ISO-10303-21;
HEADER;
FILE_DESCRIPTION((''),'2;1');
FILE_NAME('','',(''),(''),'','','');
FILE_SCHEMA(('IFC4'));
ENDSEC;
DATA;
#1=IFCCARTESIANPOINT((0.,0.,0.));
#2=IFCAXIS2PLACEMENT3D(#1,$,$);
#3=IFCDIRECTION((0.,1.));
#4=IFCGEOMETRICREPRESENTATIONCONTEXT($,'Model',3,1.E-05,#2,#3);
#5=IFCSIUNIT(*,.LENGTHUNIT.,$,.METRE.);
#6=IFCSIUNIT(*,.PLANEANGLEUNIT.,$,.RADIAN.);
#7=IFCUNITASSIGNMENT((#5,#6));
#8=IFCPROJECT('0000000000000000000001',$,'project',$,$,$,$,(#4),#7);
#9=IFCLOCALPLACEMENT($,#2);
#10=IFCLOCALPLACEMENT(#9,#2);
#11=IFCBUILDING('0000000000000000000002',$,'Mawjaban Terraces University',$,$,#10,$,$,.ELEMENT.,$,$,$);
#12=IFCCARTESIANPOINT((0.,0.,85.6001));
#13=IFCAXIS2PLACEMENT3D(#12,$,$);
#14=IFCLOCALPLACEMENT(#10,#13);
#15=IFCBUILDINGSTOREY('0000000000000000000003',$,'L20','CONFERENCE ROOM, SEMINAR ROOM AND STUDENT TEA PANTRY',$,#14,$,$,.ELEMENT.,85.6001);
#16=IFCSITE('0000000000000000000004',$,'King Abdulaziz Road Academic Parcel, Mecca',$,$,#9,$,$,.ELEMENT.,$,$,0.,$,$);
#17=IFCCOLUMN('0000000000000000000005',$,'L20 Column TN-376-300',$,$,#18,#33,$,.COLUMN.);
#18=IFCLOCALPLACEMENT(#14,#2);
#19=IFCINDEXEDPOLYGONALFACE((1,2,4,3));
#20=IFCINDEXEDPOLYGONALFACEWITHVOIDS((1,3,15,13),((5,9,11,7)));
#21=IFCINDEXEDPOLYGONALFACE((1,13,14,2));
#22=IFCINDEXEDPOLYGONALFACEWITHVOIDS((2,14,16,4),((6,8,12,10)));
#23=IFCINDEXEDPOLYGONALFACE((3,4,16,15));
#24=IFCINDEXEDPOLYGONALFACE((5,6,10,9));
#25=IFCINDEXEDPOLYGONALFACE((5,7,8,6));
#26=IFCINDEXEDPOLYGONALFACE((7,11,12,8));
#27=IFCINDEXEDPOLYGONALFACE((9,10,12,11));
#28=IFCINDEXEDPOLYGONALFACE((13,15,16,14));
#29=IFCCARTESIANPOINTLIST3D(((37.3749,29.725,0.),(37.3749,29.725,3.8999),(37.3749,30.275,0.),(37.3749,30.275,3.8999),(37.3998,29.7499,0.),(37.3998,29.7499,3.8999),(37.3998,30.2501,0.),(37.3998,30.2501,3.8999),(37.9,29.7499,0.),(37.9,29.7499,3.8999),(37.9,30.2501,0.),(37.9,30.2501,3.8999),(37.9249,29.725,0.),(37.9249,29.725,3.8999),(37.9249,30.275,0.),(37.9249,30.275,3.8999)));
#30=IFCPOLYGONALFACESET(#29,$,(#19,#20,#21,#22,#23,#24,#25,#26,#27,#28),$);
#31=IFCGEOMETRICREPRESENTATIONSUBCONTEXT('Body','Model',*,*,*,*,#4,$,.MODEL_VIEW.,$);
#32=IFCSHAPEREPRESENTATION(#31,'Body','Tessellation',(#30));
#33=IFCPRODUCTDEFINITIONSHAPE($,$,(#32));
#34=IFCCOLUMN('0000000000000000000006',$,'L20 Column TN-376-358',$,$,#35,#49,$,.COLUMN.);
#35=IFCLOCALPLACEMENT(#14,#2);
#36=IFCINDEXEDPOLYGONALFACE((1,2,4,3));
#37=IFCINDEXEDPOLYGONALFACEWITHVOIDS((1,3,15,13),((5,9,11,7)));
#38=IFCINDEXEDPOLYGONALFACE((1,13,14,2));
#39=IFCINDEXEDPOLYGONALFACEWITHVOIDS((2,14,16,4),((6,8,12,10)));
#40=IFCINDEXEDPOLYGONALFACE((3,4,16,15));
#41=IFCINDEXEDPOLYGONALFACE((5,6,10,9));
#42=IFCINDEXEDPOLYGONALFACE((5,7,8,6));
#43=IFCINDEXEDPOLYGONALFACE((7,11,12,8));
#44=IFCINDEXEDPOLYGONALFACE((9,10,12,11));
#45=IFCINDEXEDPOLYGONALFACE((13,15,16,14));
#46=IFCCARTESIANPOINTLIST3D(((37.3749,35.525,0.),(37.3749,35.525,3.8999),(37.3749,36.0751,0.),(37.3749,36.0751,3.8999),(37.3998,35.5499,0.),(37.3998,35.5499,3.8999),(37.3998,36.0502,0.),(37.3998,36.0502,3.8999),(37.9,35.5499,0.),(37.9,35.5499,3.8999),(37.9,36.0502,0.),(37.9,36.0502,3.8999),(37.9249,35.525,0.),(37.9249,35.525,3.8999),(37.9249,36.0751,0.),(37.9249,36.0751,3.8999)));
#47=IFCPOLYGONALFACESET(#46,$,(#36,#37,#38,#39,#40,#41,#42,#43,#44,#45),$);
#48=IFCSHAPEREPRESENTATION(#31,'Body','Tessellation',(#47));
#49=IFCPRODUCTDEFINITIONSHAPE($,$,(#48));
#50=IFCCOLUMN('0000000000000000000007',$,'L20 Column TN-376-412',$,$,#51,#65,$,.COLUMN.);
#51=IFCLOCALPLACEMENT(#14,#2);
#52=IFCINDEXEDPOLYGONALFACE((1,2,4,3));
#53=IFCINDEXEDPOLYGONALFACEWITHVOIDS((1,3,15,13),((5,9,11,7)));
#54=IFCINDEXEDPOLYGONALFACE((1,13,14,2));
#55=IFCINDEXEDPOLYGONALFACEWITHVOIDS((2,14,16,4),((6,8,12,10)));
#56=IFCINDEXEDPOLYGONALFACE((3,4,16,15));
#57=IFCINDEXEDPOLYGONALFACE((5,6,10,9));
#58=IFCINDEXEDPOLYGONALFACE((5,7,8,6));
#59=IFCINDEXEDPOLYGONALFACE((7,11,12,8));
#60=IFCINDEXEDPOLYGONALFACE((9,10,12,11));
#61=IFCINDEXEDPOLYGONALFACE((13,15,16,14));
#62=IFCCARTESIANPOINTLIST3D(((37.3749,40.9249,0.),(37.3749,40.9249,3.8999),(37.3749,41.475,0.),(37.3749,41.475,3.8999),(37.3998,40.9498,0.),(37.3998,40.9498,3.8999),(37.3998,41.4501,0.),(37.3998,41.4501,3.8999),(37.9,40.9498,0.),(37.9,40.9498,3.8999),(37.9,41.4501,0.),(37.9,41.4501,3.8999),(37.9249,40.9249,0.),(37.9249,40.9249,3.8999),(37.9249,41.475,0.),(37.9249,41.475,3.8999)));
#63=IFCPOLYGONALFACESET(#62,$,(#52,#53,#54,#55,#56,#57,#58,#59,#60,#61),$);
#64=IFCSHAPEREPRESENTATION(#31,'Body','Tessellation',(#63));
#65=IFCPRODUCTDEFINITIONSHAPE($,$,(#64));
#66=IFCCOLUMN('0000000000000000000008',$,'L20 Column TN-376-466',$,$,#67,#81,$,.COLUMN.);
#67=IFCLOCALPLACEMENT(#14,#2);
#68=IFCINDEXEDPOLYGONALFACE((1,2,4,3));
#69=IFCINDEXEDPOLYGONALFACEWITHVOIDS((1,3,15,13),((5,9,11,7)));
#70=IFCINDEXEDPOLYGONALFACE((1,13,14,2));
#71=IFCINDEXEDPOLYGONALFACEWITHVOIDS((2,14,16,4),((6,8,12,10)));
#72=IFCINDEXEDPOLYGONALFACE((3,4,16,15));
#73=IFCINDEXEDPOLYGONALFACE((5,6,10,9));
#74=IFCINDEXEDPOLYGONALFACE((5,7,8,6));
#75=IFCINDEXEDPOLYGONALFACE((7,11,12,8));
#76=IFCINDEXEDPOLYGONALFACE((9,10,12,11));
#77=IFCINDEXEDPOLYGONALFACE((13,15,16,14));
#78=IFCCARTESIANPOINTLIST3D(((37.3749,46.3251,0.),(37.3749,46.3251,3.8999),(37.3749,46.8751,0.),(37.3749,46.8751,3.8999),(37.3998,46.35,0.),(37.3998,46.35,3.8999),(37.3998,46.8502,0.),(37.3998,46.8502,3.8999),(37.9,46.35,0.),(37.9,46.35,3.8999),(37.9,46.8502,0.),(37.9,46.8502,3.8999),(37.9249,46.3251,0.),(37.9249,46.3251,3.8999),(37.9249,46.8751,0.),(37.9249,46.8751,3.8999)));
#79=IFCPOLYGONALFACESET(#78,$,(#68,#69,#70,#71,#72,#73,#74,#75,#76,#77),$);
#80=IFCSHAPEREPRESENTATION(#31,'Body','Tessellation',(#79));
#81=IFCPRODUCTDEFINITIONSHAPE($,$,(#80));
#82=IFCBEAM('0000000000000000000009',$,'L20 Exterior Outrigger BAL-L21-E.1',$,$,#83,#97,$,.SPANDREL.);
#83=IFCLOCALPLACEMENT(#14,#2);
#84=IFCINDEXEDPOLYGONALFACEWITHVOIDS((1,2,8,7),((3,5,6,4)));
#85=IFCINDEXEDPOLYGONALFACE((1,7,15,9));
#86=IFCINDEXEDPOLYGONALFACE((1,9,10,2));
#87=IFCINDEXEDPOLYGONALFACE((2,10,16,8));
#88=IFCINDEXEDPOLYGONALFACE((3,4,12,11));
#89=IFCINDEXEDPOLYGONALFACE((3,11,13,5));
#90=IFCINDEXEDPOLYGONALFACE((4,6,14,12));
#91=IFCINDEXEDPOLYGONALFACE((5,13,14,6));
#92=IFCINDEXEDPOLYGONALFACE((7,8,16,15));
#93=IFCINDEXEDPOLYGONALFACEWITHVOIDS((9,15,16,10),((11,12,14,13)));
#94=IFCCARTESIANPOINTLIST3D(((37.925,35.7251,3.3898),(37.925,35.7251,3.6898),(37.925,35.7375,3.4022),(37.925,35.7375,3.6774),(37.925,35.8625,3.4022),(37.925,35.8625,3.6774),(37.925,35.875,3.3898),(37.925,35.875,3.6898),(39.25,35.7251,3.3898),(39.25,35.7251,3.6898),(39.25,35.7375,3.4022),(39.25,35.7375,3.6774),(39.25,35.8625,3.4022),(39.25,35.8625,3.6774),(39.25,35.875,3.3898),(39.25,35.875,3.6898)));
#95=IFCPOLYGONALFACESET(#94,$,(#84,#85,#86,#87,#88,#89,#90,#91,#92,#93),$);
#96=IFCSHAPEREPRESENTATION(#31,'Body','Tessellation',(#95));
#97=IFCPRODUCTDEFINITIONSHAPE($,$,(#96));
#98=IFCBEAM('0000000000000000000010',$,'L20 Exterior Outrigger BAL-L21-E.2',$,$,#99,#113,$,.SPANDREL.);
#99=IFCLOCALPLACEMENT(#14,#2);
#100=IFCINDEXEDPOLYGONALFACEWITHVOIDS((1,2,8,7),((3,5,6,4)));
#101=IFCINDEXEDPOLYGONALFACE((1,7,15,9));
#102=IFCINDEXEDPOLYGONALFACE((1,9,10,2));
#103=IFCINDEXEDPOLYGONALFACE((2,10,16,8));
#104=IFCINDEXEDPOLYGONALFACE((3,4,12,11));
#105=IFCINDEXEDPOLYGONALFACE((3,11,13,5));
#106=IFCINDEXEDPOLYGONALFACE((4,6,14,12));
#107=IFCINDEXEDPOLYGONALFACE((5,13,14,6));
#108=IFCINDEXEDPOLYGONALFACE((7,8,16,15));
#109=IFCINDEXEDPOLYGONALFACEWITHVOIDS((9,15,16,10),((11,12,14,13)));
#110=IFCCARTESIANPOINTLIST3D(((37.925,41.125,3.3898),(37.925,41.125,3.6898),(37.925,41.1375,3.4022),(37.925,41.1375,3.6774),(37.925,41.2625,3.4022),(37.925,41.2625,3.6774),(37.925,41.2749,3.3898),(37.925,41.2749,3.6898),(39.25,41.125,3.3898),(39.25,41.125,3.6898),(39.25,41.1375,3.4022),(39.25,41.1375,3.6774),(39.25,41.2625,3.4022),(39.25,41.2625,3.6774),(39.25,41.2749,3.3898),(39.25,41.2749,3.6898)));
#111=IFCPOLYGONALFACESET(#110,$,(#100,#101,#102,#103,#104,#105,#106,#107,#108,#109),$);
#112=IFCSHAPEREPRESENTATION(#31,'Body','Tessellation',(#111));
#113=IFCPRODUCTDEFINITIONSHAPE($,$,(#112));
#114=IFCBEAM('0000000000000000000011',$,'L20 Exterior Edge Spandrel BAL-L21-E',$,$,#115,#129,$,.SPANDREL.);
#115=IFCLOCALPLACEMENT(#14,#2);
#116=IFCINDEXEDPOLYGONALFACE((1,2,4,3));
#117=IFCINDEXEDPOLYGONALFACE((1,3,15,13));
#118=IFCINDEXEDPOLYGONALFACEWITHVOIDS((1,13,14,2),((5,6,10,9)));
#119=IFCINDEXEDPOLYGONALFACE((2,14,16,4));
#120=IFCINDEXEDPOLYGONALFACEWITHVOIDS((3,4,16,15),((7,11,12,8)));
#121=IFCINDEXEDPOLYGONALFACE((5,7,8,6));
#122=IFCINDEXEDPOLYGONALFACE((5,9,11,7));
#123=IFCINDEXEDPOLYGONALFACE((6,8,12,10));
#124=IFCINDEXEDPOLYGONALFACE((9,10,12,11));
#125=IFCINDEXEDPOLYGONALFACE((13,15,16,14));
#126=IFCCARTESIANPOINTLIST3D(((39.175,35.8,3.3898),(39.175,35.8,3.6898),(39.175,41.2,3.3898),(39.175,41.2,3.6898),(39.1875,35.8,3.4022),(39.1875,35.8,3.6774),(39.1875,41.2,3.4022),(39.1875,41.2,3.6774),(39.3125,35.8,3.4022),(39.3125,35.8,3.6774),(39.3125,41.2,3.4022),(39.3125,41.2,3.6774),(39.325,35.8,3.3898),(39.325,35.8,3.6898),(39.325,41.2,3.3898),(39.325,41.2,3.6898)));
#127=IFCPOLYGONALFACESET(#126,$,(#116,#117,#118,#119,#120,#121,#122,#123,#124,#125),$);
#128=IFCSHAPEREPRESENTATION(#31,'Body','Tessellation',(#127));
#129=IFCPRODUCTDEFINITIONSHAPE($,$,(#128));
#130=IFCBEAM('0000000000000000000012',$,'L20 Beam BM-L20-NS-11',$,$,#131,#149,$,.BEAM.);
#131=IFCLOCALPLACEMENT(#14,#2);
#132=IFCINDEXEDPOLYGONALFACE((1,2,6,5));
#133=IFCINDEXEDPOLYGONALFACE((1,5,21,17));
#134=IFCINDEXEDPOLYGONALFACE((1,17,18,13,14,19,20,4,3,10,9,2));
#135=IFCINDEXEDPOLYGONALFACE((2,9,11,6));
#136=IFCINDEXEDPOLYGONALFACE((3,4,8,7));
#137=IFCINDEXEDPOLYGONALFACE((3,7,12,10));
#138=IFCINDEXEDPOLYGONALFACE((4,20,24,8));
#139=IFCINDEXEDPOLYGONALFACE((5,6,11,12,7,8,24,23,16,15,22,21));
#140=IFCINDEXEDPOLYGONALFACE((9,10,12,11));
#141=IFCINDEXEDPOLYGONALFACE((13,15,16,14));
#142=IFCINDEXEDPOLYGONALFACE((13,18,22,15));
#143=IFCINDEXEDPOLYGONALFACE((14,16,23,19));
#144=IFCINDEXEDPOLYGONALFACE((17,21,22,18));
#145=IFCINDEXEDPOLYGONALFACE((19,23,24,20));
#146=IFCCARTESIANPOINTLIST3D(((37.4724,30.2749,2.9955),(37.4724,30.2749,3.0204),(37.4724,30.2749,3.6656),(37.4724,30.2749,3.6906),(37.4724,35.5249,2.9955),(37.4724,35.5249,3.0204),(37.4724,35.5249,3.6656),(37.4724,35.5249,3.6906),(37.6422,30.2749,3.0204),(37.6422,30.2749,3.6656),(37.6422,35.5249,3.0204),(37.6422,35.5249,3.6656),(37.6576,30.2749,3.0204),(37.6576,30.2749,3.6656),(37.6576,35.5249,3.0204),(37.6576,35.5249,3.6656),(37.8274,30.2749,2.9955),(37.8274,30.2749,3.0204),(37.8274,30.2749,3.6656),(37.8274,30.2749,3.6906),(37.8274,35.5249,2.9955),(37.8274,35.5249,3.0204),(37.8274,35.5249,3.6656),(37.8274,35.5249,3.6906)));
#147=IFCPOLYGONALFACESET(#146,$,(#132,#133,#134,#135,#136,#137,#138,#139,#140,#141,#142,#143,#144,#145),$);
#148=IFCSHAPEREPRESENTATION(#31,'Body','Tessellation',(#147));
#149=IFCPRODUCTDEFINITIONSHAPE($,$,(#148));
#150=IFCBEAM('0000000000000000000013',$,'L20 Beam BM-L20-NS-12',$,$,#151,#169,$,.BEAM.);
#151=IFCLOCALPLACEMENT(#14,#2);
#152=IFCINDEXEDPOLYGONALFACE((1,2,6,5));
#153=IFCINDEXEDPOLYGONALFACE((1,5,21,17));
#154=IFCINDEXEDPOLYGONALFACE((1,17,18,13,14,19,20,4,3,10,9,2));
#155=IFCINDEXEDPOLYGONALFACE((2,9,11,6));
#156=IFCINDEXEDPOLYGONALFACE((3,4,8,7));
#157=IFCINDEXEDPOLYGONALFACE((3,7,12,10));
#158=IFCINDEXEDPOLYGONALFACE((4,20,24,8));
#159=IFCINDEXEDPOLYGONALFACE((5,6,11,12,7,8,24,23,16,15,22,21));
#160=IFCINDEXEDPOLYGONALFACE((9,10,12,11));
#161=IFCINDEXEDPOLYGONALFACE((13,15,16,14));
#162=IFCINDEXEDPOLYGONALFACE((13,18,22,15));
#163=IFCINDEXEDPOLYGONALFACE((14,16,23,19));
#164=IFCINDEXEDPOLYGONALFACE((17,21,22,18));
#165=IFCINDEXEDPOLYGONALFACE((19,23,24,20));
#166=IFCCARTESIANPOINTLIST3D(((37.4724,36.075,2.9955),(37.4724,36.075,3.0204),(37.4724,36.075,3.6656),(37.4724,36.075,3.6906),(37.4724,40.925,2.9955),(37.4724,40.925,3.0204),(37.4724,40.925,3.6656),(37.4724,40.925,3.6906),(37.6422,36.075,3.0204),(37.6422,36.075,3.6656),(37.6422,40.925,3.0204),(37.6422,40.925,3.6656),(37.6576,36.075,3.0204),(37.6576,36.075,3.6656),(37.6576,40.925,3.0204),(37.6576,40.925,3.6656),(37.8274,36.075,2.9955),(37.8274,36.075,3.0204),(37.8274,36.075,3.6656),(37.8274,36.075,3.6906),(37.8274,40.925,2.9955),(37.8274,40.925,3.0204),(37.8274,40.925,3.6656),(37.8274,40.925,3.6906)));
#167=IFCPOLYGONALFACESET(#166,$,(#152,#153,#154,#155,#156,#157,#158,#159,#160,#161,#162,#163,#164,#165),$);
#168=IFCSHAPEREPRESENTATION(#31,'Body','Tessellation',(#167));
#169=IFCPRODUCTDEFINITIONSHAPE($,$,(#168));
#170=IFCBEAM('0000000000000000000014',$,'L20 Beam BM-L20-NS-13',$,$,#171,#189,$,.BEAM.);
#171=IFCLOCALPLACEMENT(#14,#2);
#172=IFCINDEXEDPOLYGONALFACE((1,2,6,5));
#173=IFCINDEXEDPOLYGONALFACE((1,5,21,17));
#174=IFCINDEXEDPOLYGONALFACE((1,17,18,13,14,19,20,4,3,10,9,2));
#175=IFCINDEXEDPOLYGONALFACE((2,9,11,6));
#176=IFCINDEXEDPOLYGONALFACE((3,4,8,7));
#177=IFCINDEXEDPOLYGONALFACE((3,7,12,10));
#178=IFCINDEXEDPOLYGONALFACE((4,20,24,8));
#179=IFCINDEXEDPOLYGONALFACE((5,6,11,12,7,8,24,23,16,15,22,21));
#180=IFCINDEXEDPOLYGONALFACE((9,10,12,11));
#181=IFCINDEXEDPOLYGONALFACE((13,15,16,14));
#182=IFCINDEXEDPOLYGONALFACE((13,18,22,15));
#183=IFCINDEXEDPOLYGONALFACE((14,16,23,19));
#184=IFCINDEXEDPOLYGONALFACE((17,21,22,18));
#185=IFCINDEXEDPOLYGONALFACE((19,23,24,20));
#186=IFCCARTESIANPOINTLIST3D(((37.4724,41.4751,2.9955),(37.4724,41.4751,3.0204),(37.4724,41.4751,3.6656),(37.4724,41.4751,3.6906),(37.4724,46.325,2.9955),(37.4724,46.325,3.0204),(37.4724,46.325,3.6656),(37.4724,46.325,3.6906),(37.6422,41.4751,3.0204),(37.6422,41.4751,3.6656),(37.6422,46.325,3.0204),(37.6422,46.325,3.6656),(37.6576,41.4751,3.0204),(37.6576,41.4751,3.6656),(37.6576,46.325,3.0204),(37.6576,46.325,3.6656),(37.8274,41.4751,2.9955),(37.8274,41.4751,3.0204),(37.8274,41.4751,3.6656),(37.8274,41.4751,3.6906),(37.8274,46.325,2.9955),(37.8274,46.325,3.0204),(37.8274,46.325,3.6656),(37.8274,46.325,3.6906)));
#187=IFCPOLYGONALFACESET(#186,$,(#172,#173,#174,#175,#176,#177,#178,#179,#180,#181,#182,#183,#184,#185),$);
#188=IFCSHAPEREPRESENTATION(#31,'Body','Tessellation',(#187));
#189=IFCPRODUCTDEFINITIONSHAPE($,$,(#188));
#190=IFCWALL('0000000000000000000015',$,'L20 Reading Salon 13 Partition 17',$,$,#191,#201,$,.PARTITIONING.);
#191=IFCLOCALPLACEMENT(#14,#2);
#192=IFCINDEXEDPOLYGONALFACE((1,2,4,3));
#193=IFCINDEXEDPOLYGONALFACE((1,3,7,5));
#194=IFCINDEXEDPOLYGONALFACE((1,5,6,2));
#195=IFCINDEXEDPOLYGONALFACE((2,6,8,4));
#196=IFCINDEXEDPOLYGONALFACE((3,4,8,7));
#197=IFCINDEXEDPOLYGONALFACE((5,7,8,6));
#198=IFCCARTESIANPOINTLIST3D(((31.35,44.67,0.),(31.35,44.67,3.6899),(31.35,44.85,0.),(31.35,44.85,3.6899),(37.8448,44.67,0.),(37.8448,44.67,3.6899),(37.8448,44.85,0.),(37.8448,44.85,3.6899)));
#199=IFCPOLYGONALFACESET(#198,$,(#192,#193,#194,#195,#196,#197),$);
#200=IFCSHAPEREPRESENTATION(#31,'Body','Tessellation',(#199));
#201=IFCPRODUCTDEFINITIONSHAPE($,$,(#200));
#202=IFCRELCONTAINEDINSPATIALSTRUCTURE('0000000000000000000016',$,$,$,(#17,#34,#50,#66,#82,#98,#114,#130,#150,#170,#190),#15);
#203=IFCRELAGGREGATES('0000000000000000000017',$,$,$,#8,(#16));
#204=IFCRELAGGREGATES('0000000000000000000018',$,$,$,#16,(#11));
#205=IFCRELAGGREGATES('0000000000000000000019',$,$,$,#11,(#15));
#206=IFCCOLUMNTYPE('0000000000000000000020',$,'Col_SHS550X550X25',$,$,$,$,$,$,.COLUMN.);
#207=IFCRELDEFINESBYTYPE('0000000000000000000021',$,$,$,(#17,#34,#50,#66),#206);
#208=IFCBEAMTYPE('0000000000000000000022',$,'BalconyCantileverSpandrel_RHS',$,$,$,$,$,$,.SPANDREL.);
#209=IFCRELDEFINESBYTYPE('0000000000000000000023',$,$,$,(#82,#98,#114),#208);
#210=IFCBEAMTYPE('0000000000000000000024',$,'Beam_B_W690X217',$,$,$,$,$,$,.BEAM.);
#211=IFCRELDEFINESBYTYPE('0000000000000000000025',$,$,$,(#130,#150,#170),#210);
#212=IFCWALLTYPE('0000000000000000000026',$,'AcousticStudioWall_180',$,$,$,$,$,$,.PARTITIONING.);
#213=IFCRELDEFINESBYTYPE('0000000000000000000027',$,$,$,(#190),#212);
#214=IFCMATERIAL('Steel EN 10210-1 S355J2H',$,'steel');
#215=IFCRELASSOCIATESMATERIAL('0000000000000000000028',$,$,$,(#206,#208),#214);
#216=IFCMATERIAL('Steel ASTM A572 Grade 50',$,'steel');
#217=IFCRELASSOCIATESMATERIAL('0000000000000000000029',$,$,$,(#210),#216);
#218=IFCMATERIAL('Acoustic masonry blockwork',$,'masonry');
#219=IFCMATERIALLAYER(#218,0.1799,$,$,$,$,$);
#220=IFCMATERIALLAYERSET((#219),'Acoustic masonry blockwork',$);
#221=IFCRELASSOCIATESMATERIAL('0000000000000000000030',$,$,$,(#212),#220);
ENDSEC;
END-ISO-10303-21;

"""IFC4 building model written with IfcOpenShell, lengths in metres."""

from ifc_helpers import new_model, si_unit, direction, frame, frame_2d, origin, origin_2d, place, context, subcontext, project, spatial, rectangle, hollow_rectangle, i_section, extrude, material, layer, layer_set, material_profile, profile_set, type_object, element, save


model = new_model("IFC4")

# Units and contexts
model_context = context("Model", 3, precision=1e-05, world=origin(), true_north=direction((0.0, 1.0)))
body_context = subcontext(model_context, "Body", "Model", "MODEL_VIEW")
ifc_project = project(units=[si_unit("LENGTHUNIT", "METRE"), si_unit("PLANEANGLEUNIT", "RADIAN")], contexts=[model_context])

# Site, building, storey
site_placement = place(None, origin())
site = spatial("IfcSite", under=ifc_project, at=site_placement, Name="King Abdulaziz Road Academic Parcel, Mecca", CompositionType="ELEMENT", RefElevation=0.0)
building_placement = place(site_placement, origin())
building = spatial("IfcBuilding", under=site, at=building_placement, Name="Mawjaban Terraces University", CompositionType="ELEMENT")
storey_placement = place(building_placement, frame((0.0, 0.0, 85.6001)))
storey = spatial("IfcBuildingStorey", under=building, at=storey_placement, Name="L20", Description="CONFERENCE ROOM, SEMINAR ROOM AND STUDENT TEA PANTRY", CompositionType="ELEMENT", Elevation=85.6001)

# Columns
ifc_material_1 = material(Name="Steel EN 10210-1 S355J2H", Category="steel")
ifc_material_profile_1 = material_profile(ifc_material_1, hollow_rectangle(XDim=0.55, YDim=0.55, WallThickness=0.0249, at=origin_2d()), Name="SHS550X550X25")
ifc_profile_set_1 = profile_set([ifc_material_profile_1], Name="Steel EN 10210-1 S355J2H")
column_type = type_object("IfcColumnType", Name="Col_SHS550X550X25", PredefinedType="COLUMN", material=ifc_profile_set_1)
for number, where, z_axis, x_axis, name in (
    (1, (37.6499, 30.0, 0.0), (0.0, 0.0, 1.0), (1.0, 0.0, 0.0), "L20 Column TN-376-300"),
    (2, (37.6499, 35.8, 0.0), (0.0, 0.0, 1.0), (1.0, 0.0, 0.0), "L20 Column TN-376-358"),
    (3, (37.6499, 41.2, 0.0), (0.0, 0.0, 1.0), (1.0, 0.0, 0.0), "L20 Column TN-376-412"),
    (4, (37.6499, 46.6001, 0.0), (0.0, 0.0, 1.0), (1.0, 0.0, 0.0), "L20 Column TN-376-466"),
):
    element("IfcColumn", number, at=place(storey_placement, frame(where, z_axis=z_axis, x_axis=x_axis)), inside=storey, type_object=column_type, Name=name, PredefinedType="COLUMN", context=body_context, shape_type="SweptSolid", body=[
        extrude(hollow_rectangle(XDim=0.55, YDim=0.55, WallThickness=0.0249, at=origin_2d()), origin(), (0.0, 0.0, 1.0), 3.8999),
    ])

# Beams
ifc_material_profile_2 = material_profile(ifc_material_1, hollow_rectangle(XDim=0.1499, YDim=0.3, WallThickness=0.0125, at=origin_2d()), Name="RHS300X150X12.5")
ifc_profile_set_2 = profile_set([ifc_material_profile_2], Name="Steel EN 10210-1 S355J2H")
beam_type_1 = type_object("IfcBeamType", Name="BalconyCantileverSpandrel_RHS", PredefinedType="SPANDREL", material=ifc_profile_set_2)
for number, where, z_axis, x_axis, name in (
    (5, (37.925, 35.8, 3.5398), (1.0, 0.0, 0.0), (0.0, 1.0, 0.0), "L20 Exterior Outrigger BAL-L21-E.1"),
    (6, (37.925, 41.2, 3.5398), (1.0, 0.0, 0.0), (0.0, 1.0, 0.0), "L20 Exterior Outrigger BAL-L21-E.2"),
):
    element("IfcBeam", number, at=place(storey_placement, frame(where, z_axis=z_axis, x_axis=x_axis)), inside=storey, type_object=beam_type_1, Name=name, PredefinedType="SPANDREL", context=body_context, shape_type="SweptSolid", body=[
        extrude(hollow_rectangle(XDim=0.1499, YDim=0.3, WallThickness=0.0125, at=origin_2d()), origin(), (0.0, 0.0, 1.0), 1.325),
    ])
beam_1_placement = place(storey_placement, frame((39.25, 35.8, 3.5398), z_axis=(0.0, 1.0, 0.0), x_axis=(-1.0, 0.0, 0.0)))
element("IfcBeam", 7, at=beam_1_placement, inside=storey, type_object=beam_type_1, Name="L20 Exterior Edge Spandrel BAL-L21-E", PredefinedType="SPANDREL", context=body_context, shape_type="SweptSolid", body=[
    extrude(hollow_rectangle(XDim=0.1499, YDim=0.3, WallThickness=0.0125, at=origin_2d()), origin(), (0.0, 0.0, 1.0), 5.3999),
])
ifc_material_2 = material(Name="Steel ASTM A572 Grade 50", Category="steel")
ifc_material_profile_3 = material_profile(ifc_material_2, i_section(OverallWidth=0.355, OverallDepth=0.6951, WebThickness=0.0154, FlangeThickness=0.0249, at=origin_2d()), Name="W690X217")
ifc_profile_set_3 = profile_set([ifc_material_profile_3], Name="Steel ASTM A572 Grade 50")
beam_type_2 = type_object("IfcBeamType", Name="Beam_B_W690X217", PredefinedType="BEAM", material=ifc_profile_set_3)
beam_2_placement = place(storey_placement, frame((37.6499, 30.2749, 3.343), z_axis=(0.0, 1.0, 0.0), x_axis=(-1.0, 0.0, 0.0)))
element("IfcBeam", 8, at=beam_2_placement, inside=storey, type_object=beam_type_2, Name="L20 Beam BM-L20-NS-11", PredefinedType="BEAM", context=body_context, shape_type="SweptSolid", body=[
    extrude(i_section(OverallWidth=0.355, OverallDepth=0.6951, WebThickness=0.0154, FlangeThickness=0.0249, at=origin_2d()), origin(), (0.0, 0.0, 1.0), 5.25),
])
beam_3_placement = place(storey_placement, frame((37.6499, 36.075, 3.343), z_axis=(0.0, 1.0, 0.0), x_axis=(-1.0, 0.0, 0.0)))
element("IfcBeam", 9, at=beam_3_placement, inside=storey, type_object=beam_type_2, Name="L20 Beam BM-L20-NS-12", PredefinedType="BEAM", context=body_context, shape_type="SweptSolid", body=[
    extrude(i_section(OverallWidth=0.355, OverallDepth=0.6951, WebThickness=0.0154, FlangeThickness=0.0249, at=origin_2d()), origin(), (0.0, 0.0, 1.0), 4.8501),
])
beam_4_placement = place(storey_placement, frame((37.6499, 41.4751, 3.343), z_axis=(0.0, 1.0, 0.0), x_axis=(-1.0, 0.0, 0.0)))
element("IfcBeam", 10, at=beam_4_placement, inside=storey, type_object=beam_type_2, Name="L20 Beam BM-L20-NS-13", PredefinedType="BEAM", context=body_context, shape_type="SweptSolid", body=[
    extrude(i_section(OverallWidth=0.355, OverallDepth=0.6951, WebThickness=0.0154, FlangeThickness=0.0249, at=origin_2d()), origin(), (0.0, 0.0, 1.0), 4.8499),
])

# Wall
ifc_material_3 = material(Name="Acoustic masonry blockwork", Category="masonry")
ifc_layer_1 = layer(ifc_material_3, 0.1799)
ifc_layer_set_1 = layer_set([ifc_layer_1], Name="Acoustic masonry blockwork")
wall_type_1 = type_object("IfcWallType", Name="AcousticStudioWall_180", PredefinedType="PARTITIONING", material=ifc_layer_set_1)
wall_1_placement = place(storey_placement, frame((37.845, 44.76, 0.0), z_axis=(0.0, 0.0, 1.0), x_axis=(-1.0, 0.0, 0.0)))
element("IfcWall", 11, at=wall_1_placement, inside=storey, type_object=wall_type_1, Name="L20 Reading Salon 13 Partition 17", PredefinedType="PARTITIONING", context=body_context, shape_type="SweptSolid", body=[
    extrude(rectangle(XDim=6.4949, YDim=0.1799, at=frame_2d((3.2476, 0.0))), origin(), (0.0, 0.0, 1.0), 3.6899),
])

save(model, "model.ifc")
